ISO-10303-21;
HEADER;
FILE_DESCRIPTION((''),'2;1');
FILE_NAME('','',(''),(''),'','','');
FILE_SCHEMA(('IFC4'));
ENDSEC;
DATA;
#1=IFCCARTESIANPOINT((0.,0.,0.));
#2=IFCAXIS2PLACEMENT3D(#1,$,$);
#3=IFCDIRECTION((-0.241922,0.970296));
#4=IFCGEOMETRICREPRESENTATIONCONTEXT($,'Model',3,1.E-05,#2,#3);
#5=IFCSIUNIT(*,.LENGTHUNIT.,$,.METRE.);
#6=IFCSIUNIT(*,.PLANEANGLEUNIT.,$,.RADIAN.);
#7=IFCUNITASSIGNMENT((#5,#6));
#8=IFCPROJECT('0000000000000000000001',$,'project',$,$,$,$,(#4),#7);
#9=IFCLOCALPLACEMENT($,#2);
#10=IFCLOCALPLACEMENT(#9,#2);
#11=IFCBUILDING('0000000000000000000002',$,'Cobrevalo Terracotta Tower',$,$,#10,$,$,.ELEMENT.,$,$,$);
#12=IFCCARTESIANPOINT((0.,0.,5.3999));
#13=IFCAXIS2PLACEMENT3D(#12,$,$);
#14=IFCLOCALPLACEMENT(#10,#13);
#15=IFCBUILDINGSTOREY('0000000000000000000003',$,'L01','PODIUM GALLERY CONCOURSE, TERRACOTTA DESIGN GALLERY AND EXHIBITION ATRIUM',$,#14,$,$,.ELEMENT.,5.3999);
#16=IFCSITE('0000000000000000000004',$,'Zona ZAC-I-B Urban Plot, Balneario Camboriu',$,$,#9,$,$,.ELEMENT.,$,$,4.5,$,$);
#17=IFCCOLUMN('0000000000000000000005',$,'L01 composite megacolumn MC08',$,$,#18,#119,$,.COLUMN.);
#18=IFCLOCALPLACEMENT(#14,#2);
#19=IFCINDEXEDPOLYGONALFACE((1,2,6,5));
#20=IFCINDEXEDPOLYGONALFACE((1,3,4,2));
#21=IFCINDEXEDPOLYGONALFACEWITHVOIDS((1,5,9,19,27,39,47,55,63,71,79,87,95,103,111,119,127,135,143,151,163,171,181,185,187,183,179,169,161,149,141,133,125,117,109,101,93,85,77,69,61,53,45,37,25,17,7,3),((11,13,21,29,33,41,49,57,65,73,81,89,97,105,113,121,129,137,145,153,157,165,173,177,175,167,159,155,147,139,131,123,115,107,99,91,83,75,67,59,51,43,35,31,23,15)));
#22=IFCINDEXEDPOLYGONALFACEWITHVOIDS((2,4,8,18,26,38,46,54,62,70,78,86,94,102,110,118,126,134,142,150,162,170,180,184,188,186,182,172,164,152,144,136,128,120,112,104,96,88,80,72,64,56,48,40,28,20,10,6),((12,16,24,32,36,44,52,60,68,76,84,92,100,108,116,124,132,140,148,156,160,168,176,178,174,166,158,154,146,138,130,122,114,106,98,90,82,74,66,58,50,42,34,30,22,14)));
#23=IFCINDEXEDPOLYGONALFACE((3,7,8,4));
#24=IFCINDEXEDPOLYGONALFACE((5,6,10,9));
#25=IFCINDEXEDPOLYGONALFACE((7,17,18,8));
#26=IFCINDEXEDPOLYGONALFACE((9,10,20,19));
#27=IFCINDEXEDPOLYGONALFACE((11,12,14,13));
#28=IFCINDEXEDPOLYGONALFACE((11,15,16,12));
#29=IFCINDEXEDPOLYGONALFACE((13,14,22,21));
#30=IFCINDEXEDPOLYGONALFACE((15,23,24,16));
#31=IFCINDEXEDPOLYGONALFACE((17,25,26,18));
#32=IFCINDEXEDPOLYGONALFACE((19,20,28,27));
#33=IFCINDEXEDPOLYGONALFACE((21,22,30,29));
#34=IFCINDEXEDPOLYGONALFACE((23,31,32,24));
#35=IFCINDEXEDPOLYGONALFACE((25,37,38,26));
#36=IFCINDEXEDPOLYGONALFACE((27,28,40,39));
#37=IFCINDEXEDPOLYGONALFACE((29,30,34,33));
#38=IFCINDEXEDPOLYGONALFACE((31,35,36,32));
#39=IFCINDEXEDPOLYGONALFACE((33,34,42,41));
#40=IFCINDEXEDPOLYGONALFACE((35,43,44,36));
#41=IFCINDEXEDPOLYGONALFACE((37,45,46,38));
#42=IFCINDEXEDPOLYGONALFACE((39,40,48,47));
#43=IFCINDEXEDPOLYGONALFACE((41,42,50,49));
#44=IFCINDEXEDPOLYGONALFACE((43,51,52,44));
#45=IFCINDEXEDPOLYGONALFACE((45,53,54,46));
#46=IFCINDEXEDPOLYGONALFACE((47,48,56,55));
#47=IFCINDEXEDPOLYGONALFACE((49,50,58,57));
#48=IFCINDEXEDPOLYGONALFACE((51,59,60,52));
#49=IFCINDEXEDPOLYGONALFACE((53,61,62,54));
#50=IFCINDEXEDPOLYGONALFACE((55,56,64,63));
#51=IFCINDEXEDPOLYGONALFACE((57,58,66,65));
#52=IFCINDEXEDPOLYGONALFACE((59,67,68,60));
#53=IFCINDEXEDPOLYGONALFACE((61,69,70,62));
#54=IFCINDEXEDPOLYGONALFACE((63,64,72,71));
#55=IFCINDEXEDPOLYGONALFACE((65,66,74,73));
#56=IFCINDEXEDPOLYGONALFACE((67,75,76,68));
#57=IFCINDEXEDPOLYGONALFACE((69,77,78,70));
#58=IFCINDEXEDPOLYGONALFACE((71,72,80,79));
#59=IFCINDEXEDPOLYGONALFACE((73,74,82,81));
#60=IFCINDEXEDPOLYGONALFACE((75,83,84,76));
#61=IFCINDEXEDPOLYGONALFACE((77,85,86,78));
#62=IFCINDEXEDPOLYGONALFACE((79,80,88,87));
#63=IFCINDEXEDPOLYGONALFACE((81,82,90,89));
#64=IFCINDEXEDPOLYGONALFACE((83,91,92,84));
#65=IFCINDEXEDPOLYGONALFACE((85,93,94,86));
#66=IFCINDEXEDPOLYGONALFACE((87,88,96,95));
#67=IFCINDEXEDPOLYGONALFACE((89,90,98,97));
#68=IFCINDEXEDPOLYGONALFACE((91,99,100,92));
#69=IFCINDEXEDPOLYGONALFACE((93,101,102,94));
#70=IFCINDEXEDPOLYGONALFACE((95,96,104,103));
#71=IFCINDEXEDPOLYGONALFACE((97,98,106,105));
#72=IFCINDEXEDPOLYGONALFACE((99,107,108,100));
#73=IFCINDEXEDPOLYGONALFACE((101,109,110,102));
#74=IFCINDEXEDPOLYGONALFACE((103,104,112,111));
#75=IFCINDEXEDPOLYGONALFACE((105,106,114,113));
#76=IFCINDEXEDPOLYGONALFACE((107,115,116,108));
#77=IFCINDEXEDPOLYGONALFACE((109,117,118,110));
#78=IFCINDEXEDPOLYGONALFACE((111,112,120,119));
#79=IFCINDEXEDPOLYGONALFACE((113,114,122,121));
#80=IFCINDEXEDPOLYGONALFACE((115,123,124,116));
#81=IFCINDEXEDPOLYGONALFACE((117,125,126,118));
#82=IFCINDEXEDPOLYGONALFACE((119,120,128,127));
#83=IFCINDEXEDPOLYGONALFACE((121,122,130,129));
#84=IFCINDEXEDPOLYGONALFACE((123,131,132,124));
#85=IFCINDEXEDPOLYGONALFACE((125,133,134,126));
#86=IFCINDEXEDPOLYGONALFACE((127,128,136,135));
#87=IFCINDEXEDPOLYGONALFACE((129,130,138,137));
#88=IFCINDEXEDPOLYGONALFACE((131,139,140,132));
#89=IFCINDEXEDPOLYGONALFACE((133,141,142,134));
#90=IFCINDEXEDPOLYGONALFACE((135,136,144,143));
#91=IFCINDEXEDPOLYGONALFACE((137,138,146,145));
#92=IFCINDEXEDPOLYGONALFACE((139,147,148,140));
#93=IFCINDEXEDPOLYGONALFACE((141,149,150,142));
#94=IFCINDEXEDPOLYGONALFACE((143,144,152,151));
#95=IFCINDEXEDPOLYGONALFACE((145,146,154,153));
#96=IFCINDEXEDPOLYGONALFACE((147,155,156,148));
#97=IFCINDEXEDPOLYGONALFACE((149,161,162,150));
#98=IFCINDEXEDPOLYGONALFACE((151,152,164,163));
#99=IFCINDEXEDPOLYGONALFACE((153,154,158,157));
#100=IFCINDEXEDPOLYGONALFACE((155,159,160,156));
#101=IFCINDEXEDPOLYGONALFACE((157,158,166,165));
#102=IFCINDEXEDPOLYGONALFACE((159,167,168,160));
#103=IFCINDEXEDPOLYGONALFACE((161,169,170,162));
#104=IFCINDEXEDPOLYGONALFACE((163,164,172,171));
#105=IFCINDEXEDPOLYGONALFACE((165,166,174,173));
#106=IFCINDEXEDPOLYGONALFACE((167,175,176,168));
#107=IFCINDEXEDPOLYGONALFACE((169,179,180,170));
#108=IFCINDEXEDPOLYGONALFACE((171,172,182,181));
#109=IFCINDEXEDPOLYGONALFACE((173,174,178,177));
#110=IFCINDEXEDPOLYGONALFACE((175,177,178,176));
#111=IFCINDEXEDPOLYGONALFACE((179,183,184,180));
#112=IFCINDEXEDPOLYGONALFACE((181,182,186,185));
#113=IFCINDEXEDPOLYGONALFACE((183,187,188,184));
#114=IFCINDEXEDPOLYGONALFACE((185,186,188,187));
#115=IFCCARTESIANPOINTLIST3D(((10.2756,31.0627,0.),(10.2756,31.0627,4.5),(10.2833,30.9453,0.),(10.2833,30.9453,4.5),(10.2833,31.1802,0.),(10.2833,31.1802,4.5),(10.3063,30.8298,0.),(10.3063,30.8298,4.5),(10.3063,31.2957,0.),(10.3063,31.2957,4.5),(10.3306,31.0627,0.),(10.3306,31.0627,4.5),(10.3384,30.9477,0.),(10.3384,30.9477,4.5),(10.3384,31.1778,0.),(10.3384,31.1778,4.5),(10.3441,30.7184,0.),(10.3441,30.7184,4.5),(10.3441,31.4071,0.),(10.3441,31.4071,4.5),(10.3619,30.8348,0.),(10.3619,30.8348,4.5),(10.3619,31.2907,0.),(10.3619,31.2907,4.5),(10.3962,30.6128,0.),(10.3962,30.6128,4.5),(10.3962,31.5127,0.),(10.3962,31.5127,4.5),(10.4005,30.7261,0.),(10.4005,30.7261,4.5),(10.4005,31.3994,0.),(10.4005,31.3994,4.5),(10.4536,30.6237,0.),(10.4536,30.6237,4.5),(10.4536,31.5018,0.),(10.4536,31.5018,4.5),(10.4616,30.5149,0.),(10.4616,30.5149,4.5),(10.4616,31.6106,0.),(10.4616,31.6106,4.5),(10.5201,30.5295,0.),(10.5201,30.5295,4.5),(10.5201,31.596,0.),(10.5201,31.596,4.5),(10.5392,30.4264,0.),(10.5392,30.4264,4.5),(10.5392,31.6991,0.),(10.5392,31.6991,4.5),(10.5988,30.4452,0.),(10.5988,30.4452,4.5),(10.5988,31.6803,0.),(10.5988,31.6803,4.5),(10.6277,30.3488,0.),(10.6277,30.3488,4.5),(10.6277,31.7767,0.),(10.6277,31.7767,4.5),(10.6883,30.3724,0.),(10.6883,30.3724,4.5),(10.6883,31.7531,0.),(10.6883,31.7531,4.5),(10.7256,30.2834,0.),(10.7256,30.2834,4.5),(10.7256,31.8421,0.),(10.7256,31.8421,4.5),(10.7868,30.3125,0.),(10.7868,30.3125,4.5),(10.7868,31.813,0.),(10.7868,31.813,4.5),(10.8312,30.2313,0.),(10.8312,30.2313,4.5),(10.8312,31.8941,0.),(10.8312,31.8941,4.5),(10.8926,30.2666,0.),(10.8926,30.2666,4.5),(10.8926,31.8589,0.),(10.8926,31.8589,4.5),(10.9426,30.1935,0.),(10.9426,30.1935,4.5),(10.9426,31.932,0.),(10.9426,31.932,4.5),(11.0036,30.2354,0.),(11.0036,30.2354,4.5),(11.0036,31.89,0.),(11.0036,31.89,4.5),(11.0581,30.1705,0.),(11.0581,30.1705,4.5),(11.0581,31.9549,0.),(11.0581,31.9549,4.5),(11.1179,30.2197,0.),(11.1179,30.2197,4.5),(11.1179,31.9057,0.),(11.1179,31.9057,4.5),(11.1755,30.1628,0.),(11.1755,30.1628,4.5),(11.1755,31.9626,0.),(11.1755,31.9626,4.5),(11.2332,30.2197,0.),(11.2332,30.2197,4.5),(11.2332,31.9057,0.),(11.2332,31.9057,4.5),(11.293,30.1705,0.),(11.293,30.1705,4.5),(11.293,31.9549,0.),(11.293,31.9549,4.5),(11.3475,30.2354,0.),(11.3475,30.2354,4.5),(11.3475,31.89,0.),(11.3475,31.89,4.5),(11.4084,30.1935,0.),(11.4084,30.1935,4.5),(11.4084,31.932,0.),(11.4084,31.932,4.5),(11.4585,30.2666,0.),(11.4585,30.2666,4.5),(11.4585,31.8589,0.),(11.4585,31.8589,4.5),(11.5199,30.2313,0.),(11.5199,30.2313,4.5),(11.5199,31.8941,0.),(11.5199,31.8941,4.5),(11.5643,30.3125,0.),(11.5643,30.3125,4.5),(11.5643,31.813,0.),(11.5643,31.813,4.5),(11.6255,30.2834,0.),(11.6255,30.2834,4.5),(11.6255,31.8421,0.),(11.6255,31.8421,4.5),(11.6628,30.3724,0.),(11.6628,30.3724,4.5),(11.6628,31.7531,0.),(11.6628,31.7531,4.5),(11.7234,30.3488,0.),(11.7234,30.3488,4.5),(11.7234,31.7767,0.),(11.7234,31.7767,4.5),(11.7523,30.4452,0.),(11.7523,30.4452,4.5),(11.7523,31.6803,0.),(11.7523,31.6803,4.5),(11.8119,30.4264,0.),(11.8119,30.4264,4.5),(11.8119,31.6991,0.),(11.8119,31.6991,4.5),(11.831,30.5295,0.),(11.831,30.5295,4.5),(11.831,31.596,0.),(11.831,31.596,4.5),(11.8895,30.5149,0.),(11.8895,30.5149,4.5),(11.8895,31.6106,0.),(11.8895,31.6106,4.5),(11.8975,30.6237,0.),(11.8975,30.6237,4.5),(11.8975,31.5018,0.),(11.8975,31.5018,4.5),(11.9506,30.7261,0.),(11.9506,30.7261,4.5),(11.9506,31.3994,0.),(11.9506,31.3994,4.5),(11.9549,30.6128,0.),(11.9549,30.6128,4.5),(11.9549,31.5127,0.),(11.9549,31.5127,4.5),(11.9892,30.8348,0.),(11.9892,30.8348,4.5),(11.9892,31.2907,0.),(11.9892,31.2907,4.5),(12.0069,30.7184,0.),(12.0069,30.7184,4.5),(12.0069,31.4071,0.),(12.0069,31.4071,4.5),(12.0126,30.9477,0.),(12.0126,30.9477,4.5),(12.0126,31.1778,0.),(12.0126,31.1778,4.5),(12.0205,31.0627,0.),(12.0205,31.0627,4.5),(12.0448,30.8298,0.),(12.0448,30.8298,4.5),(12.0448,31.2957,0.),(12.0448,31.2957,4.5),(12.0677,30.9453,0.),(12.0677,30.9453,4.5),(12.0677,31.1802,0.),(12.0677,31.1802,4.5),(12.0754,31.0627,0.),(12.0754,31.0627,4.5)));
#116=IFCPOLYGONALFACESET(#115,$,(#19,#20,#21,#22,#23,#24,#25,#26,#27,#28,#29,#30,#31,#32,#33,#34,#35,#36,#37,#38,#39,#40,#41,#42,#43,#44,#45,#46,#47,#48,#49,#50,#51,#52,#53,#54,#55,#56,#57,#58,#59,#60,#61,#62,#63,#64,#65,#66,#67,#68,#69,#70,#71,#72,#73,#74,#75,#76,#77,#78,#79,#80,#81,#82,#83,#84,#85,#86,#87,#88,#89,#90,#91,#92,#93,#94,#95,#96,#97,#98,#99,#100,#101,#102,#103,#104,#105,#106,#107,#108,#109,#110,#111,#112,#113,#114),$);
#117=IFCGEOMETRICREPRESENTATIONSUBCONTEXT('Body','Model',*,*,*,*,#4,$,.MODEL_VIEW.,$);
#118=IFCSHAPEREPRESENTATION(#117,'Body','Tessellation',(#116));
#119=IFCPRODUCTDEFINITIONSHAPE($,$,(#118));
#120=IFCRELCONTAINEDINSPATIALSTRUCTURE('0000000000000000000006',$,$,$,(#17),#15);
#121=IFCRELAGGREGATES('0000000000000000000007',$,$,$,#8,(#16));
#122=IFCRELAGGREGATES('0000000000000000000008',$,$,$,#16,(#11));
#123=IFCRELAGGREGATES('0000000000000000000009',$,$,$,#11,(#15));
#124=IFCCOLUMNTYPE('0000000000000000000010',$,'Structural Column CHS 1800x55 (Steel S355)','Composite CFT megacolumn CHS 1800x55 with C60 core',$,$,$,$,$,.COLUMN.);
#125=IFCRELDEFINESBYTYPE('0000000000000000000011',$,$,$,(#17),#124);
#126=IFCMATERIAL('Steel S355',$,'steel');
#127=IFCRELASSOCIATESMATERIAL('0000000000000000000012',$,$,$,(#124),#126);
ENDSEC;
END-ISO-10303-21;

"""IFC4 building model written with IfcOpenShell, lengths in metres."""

from ifc_helpers import new_model, si_unit, direction, frame, origin, origin_2d, place, context, subcontext, project, spatial, hollow_circle, extrude, material, material_profile, profile_set, type_object, element, save


model = new_model("IFC4")

# Units and contexts
model_context = context("Model", 3, precision=1e-05, world=origin(), true_north=direction((-0.241922, 0.970296)))
body_context = subcontext(model_context, "Body", "Model", "MODEL_VIEW")
ifc_project = project(units=[si_unit("LENGTHUNIT", "METRE"), si_unit("PLANEANGLEUNIT", "RADIAN")], contexts=[model_context])

# Site, building, storey
site_placement = place(None, origin())
site = spatial("IfcSite", under=ifc_project, at=site_placement, Name="Zona ZAC-I-B Urban Plot, Balneario Camboriu", CompositionType="ELEMENT", RefElevation=4.5)
building_placement = place(site_placement, origin())
building = spatial("IfcBuilding", under=site, at=building_placement, Name="Cobrevalo Terracotta Tower", CompositionType="ELEMENT")
storey_placement = place(building_placement, frame((0.0, 0.0, 5.3999)))
storey = spatial("IfcBuildingStorey", under=building, at=storey_placement, Name="L01", Description="PODIUM GALLERY CONCOURSE, TERRACOTTA DESIGN GALLERY AND EXHIBITION ATRIUM", CompositionType="ELEMENT", Elevation=5.3999)

# Column
ifc_material_1 = material(Name="Steel S355", Category="steel")
ifc_material_profile_1 = material_profile(ifc_material_1, hollow_circle(Radius=0.8999, WallThickness=0.0549, at=origin_2d()), Name="CHS 1800x55")
ifc_profile_set_1 = profile_set([ifc_material_profile_1], Name="Steel S355")
column_type_1 = type_object("IfcColumnType", Name="Structural Column CHS 1800x55 (Steel S355)", Description="Composite CFT megacolumn CHS 1800x55 with C60 core", PredefinedType="COLUMN", material=ifc_profile_set_1)
for number, where, z_axis, x_axis, name in (
    (1, (11.1755, 31.0627, 0.0), (0.0, 0.0, 1.0), (1.0, 0.0, 0.0), "L01 composite megacolumn MC08"),
):
    element("IfcColumn", number, at=place(storey_placement, frame(where, z_axis=z_axis, x_axis=x_axis)), inside=storey, type_object=column_type_1, Name=name, PredefinedType="COLUMN", context=body_context, shape_type="SweptSolid", body=[
        extrude(hollow_circle(Radius=0.8999, WallThickness=0.0549, at=origin_2d()), origin(), (0.0, 0.0, 1.0), 4.5),
    ])

save(model, "model.ifc")
